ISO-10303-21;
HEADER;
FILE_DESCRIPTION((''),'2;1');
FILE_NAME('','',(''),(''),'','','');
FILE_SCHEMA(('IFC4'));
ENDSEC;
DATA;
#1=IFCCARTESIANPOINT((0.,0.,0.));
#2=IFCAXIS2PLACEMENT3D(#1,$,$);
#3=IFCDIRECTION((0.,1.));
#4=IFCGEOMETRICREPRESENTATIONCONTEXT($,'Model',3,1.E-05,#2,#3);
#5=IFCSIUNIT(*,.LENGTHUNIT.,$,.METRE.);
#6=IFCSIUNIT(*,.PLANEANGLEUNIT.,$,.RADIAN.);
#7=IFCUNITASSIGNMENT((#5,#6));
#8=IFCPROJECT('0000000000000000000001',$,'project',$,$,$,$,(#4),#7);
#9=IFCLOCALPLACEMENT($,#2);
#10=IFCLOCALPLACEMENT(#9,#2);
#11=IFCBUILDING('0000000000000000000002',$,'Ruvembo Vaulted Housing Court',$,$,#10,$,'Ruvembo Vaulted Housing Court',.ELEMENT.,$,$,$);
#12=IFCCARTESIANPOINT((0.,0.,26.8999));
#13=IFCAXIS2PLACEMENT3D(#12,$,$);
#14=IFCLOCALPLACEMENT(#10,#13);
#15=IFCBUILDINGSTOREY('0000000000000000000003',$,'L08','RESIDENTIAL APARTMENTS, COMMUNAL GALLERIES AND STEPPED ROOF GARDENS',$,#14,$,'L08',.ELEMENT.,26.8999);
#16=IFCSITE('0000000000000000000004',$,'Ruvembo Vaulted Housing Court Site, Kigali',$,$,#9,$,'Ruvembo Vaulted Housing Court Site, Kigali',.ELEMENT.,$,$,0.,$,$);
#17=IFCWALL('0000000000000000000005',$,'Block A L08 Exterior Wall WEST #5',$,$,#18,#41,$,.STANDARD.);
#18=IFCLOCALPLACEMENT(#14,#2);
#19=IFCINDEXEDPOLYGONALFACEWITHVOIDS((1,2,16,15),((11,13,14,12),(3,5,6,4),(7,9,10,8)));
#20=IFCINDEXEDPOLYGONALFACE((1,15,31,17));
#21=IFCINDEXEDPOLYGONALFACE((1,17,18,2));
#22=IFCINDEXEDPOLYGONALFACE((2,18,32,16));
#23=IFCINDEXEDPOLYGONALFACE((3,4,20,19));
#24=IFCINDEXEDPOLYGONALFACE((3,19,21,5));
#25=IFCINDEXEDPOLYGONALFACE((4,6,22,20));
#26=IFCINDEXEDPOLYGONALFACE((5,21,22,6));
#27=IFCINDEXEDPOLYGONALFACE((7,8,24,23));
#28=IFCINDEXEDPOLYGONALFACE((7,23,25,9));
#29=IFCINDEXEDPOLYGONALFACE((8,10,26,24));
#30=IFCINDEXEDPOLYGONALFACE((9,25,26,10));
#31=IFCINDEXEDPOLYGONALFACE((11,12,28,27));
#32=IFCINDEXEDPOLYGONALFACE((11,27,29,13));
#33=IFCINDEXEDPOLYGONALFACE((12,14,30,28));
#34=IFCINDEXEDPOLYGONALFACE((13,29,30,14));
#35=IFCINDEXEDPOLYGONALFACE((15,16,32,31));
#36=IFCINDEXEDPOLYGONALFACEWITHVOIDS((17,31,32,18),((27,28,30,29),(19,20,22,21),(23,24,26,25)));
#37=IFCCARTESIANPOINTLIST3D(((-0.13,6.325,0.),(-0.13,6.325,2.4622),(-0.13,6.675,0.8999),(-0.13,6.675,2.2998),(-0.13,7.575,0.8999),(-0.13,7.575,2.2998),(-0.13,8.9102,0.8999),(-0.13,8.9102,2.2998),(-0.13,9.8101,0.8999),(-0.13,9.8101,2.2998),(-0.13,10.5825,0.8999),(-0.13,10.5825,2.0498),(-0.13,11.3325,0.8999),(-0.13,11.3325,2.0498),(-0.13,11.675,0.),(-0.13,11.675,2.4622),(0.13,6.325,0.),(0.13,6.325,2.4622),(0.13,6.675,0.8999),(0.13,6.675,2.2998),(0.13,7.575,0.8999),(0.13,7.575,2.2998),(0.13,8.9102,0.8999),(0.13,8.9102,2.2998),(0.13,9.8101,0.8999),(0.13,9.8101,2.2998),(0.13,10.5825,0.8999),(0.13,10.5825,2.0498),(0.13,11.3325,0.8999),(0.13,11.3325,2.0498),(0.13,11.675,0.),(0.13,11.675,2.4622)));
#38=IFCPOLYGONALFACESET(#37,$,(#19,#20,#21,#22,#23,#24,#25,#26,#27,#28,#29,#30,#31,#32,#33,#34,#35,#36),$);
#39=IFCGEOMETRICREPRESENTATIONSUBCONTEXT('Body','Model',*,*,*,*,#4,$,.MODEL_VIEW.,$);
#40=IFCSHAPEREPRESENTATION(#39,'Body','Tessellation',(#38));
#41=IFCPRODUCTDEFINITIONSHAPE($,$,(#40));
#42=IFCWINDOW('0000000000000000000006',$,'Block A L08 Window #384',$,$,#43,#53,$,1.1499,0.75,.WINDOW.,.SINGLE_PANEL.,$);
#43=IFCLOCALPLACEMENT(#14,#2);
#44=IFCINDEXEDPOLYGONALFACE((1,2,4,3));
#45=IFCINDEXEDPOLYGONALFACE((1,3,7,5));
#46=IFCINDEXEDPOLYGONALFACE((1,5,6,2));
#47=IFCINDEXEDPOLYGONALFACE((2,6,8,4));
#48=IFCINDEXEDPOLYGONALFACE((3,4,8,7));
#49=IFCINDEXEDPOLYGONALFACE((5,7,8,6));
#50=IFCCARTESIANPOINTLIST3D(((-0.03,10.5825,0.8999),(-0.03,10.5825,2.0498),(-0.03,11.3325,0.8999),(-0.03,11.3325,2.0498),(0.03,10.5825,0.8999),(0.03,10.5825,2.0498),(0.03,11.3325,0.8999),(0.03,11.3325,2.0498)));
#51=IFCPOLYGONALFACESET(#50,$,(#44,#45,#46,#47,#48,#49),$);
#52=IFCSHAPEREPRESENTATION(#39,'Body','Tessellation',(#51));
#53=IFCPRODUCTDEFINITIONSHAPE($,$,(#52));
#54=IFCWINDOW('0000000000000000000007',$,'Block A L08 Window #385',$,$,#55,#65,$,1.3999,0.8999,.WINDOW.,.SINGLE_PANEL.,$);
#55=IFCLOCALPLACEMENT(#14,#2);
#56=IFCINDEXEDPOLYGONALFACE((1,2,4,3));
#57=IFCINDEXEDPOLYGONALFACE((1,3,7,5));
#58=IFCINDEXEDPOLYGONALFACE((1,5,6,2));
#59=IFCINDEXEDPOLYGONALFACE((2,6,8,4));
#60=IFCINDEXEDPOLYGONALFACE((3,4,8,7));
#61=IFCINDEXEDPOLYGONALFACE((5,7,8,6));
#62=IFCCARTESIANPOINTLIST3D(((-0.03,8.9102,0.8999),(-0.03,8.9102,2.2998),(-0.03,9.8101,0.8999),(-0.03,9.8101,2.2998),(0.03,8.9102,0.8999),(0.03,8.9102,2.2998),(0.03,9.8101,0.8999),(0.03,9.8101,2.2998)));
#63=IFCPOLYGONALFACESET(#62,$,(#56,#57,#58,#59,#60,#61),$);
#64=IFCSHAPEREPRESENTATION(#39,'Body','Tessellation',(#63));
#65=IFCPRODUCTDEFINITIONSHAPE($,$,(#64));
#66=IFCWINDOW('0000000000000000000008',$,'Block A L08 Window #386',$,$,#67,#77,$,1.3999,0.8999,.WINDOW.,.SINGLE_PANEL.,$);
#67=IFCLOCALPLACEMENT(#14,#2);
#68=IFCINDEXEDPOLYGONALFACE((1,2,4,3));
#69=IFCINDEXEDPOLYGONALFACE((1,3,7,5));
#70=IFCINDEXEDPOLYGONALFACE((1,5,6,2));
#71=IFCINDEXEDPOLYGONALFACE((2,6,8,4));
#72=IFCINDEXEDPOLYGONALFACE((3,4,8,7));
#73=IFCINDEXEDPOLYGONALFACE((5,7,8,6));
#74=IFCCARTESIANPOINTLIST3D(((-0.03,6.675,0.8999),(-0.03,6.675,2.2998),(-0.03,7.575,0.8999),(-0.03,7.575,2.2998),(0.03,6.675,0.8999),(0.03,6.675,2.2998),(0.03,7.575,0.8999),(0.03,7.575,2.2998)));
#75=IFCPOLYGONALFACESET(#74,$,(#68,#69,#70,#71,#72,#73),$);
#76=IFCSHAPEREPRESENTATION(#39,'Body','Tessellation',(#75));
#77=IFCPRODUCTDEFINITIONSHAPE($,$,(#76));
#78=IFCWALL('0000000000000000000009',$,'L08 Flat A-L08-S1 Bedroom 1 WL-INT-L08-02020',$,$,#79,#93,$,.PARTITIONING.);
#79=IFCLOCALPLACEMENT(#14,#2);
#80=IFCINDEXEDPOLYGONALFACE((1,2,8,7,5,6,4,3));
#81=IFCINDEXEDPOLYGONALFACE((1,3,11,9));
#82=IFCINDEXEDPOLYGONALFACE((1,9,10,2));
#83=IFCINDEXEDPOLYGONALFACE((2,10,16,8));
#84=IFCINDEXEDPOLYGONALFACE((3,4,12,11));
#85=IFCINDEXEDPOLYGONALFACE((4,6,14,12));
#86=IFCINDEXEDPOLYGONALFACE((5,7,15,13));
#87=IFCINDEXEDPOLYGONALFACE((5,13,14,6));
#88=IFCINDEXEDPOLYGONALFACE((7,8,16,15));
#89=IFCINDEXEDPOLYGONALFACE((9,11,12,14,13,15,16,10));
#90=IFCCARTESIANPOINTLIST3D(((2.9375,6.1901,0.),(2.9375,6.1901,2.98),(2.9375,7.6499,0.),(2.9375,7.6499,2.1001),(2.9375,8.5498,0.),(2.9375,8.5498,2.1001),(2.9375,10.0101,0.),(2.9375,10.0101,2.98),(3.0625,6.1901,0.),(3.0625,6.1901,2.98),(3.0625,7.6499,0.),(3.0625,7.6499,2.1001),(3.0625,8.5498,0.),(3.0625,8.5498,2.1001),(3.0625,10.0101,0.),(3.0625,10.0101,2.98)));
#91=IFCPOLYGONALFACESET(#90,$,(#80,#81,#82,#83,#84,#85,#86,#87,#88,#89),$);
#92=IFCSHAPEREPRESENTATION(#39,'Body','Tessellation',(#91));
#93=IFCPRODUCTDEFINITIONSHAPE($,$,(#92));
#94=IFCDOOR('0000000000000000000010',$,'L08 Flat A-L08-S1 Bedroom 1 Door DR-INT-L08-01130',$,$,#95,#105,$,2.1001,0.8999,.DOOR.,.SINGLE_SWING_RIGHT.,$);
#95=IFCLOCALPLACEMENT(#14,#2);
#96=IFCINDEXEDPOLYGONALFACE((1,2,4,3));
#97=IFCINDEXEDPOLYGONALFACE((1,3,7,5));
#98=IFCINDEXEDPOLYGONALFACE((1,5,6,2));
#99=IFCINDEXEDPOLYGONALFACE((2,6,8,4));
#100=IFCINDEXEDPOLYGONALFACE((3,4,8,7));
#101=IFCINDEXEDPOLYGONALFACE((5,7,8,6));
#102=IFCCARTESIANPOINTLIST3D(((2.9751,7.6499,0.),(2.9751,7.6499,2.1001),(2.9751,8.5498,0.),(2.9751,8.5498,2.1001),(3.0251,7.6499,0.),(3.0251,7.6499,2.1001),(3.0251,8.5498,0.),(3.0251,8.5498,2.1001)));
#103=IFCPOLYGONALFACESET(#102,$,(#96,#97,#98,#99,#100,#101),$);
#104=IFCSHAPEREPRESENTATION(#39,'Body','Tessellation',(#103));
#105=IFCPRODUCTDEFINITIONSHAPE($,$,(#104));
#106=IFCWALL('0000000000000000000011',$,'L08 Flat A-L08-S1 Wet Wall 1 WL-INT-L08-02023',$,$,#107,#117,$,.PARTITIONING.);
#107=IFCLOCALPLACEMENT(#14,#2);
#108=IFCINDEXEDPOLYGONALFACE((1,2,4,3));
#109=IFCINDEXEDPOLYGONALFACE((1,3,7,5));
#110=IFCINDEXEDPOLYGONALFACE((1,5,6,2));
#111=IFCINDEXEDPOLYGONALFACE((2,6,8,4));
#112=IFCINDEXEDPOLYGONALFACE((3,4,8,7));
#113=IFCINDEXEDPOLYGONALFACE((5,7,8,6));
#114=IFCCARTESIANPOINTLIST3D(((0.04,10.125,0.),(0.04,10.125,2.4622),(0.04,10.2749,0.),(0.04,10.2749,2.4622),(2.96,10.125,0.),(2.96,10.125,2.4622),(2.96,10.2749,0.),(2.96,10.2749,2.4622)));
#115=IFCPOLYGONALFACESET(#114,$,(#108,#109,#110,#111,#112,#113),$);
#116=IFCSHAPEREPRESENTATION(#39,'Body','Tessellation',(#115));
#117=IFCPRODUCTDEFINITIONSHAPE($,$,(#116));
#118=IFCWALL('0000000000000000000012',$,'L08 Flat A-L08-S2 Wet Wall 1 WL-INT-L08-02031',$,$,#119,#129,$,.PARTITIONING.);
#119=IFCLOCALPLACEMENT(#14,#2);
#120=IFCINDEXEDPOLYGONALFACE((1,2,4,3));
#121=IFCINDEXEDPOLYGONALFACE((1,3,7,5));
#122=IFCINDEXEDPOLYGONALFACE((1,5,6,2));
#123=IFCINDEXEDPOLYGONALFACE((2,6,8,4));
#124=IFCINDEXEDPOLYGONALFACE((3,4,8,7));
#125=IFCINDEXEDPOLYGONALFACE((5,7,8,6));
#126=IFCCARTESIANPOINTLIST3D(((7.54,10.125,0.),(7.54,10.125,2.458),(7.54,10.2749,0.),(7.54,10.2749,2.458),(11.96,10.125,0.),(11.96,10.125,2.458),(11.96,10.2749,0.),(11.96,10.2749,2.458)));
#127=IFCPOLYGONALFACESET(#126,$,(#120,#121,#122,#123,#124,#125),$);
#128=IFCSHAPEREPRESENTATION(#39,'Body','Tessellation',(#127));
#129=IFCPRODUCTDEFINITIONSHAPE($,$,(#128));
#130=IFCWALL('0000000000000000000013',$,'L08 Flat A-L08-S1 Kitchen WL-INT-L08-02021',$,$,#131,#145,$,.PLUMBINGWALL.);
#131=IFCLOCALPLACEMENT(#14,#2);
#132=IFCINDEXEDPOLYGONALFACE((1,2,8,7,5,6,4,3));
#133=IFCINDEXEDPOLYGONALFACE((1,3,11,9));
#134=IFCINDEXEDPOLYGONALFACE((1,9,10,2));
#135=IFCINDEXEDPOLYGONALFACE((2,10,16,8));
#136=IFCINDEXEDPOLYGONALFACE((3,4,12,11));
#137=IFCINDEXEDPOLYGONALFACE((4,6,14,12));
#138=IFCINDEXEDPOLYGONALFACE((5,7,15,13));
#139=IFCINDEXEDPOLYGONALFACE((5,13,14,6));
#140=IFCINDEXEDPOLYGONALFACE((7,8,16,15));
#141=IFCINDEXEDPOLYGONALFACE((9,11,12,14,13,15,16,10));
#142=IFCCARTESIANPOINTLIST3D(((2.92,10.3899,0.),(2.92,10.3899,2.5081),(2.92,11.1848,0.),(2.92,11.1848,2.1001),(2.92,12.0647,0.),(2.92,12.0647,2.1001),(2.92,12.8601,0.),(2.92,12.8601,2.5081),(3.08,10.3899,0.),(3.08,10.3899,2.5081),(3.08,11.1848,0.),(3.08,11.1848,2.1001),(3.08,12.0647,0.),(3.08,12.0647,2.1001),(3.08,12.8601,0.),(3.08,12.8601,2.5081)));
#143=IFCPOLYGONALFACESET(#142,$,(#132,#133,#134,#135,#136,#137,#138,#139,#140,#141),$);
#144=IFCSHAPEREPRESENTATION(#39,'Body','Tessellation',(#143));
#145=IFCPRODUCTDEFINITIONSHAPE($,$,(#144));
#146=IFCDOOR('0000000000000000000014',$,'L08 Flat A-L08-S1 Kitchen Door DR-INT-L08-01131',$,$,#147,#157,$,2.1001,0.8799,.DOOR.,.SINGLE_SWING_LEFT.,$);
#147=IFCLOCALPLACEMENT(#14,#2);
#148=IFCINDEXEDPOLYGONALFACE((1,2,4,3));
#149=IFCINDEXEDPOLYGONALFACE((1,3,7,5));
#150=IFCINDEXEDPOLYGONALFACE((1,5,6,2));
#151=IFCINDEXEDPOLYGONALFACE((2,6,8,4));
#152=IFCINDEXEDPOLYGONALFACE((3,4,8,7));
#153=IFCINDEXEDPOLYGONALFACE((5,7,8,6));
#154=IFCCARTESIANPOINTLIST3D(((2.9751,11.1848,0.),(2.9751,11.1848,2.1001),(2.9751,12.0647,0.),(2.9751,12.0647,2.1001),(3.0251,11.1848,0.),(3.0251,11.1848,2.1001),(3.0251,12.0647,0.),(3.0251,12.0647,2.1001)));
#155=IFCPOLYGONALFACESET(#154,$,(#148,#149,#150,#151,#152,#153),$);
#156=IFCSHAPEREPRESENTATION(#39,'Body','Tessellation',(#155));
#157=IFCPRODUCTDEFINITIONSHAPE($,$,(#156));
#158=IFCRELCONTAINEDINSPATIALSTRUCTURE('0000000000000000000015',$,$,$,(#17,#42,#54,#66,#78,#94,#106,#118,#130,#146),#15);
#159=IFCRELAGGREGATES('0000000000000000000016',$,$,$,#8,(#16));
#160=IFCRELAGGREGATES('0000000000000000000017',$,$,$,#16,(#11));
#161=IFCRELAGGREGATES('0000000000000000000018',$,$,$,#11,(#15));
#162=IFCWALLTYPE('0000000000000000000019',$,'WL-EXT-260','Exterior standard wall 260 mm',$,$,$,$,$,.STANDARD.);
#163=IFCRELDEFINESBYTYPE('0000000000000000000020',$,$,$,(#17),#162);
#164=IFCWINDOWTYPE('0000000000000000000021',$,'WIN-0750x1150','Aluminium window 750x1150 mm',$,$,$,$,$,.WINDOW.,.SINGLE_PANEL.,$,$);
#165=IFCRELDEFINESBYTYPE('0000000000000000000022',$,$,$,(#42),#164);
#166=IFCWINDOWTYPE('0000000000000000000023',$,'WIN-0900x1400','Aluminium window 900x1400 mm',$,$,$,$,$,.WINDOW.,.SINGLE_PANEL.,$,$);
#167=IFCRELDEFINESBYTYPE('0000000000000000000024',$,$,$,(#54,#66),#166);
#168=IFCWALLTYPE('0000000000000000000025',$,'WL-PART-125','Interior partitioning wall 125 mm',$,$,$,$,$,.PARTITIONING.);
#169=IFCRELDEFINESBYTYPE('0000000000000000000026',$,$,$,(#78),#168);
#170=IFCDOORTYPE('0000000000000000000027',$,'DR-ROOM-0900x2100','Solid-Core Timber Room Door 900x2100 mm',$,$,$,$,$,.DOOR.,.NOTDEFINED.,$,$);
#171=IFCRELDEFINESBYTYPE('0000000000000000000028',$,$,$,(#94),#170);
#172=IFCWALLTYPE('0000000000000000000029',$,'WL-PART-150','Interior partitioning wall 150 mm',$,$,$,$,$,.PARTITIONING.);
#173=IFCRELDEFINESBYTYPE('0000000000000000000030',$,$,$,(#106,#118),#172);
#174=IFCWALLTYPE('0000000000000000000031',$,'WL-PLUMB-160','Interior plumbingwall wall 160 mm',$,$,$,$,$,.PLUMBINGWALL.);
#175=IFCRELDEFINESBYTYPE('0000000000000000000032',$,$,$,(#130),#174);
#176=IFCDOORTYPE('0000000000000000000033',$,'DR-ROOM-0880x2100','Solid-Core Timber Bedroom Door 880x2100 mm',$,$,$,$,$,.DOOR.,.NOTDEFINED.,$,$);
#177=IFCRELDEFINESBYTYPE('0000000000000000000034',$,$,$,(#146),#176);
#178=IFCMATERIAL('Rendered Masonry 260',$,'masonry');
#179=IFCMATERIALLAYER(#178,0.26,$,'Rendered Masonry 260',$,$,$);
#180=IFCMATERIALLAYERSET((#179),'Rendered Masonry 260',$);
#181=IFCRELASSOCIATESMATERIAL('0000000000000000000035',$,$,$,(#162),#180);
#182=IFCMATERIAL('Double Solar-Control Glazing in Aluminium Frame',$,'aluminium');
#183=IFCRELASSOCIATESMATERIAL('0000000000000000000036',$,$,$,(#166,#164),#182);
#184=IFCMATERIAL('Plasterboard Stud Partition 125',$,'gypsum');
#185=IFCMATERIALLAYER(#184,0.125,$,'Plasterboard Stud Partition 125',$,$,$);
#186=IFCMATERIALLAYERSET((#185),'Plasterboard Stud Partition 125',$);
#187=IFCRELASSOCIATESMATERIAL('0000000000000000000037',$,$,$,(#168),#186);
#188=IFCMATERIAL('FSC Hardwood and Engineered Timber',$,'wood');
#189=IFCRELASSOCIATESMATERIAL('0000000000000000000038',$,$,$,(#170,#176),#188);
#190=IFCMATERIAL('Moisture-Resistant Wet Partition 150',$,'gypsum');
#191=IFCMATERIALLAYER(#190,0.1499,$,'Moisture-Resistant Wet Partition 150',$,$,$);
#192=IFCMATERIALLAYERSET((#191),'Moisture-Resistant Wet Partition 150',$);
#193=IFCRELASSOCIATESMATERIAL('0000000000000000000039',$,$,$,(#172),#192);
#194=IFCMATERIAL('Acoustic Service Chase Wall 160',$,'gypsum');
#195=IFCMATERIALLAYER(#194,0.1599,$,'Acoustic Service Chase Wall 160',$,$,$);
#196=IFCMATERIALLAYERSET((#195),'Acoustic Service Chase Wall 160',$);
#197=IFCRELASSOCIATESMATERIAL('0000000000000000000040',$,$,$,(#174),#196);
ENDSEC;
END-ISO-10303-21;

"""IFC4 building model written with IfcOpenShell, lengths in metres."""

from ifc_helpers import new_model, si_unit, direction, frame, frame_2d, origin, place, context, subcontext, project, spatial, rectangle, extrude, material, layer, layer_set, type_object, element, fill, save


model = new_model("IFC4")

# Units and contexts
model_context = context("Model", 3, precision=1e-05, world=origin(), true_north=direction((0.0, 1.0)))
body_context = subcontext(model_context, "Body", "Model", "MODEL_VIEW")
ifc_project = project(units=[si_unit("LENGTHUNIT", "METRE"), si_unit("PLANEANGLEUNIT", "RADIAN")], contexts=[model_context])

# Site, building, storey
site_placement = place(None, origin())
site = spatial("IfcSite", under=ifc_project, at=site_placement, Name="Ruvembo Vaulted Housing Court Site, Kigali", LongName="Ruvembo Vaulted Housing Court Site, Kigali", CompositionType="ELEMENT", RefElevation=0.0)
building_placement = place(site_placement, origin())
building = spatial("IfcBuilding", under=site, at=building_placement, Name="Ruvembo Vaulted Housing Court", LongName="Ruvembo Vaulted Housing Court", CompositionType="ELEMENT")
storey_placement = place(building_placement, frame((0.0, 0.0, 26.8999)))
storey = spatial("IfcBuildingStorey", under=building, at=storey_placement, Name="L08", Description="RESIDENTIAL APARTMENTS, COMMUNAL GALLERIES AND STEPPED ROOF GARDENS", LongName="L08", CompositionType="ELEMENT", Elevation=26.8999)

# Wall, openings, windows
ifc_material_1 = material(Name="Rendered Masonry 260", Category="masonry")
ifc_layer_1 = layer(ifc_material_1, 0.26, Name="Rendered Masonry 260")
ifc_layer_set_1 = layer_set([ifc_layer_1], Name="Rendered Masonry 260")
wall_type_1 = type_object("IfcWallType", Name="WL-EXT-260", Description="Exterior standard wall 260 mm", PredefinedType="STANDARD", material=ifc_layer_set_1)
ifc_material_2 = material(Name="Double Solar-Control Glazing in Aluminium Frame", Category="aluminium")
window_type_1 = type_object("IfcWindowType", Name="WIN-0900x1400", Description="Aluminium window 900x1400 mm", PartitioningType="SINGLE_PANEL", PredefinedType="WINDOW", material=ifc_material_2)
wall_1_placement = place(storey_placement, frame((0.0, 11.675, 0.0), z_axis=(0.0, 0.0, 1.0), x_axis=(0.0, -1.0, 0.0)))
wall_1 = element("IfcWall", 1, at=wall_1_placement, inside=storey, type_object=wall_type_1, Name="Block A L08 Exterior Wall WEST #5", PredefinedType="STANDARD", context=body_context, shape_type="SweptSolid", body=[
    extrude(rectangle(XDim=5.3501, YDim=0.26, at=frame_2d((2.675, 0.0))), origin(), (0.0, 0.0, 1.0), 2.4622),
])
opening_1_placement = place(wall_1_placement, frame((0.3425, 0.0, 0.8999)))
opening_1 = element("IfcOpeningElement", 2, at=opening_1_placement, cuts=wall_1, PredefinedType="OPENING", context=body_context, shape_type="SweptSolid", body=[
    extrude(rectangle(XDim=0.75, YDim=1.1499, at=frame_2d((0.375, 0.575))), frame((0.0, 0.1399, 0.0), z_axis=(0.0, -1.0, 0.0), x_axis=(1.0, 0.0, 0.0)), (0.0, 0.0, 1.0), 0.28),
])
opening_2_placement = place(wall_1_placement, frame((1.865, 0.0, 0.8999)))
opening_2 = element("IfcOpeningElement", 3, at=opening_2_placement, cuts=wall_1, PredefinedType="OPENING", context=body_context, shape_type="SweptSolid", body=[
    extrude(rectangle(XDim=0.8999, YDim=1.3999, at=frame_2d((0.45, 0.7))), frame((0.0, 0.1399, 0.0), z_axis=(0.0, -1.0, 0.0), x_axis=(1.0, 0.0, 0.0)), (0.0, 0.0, 1.0), 0.28),
])
opening_3_placement = place(wall_1_placement, frame((4.1001, 0.0, 0.8999)))
opening_3 = element("IfcOpeningElement", 4, at=opening_3_placement, cuts=wall_1, PredefinedType="OPENING", context=body_context, shape_type="SweptSolid", body=[
    extrude(rectangle(XDim=0.8999, YDim=1.3999, at=frame_2d((0.45, 0.7))), frame((0.0, 0.1399, 0.0), z_axis=(0.0, -1.0, 0.0), x_axis=(1.0, 0.0, 0.0)), (0.0, 0.0, 1.0), 0.28),
])
window_type_2 = type_object("IfcWindowType", Name="WIN-0750x1150", Description="Aluminium window 750x1150 mm", PartitioningType="SINGLE_PANEL", PredefinedType="WINDOW", material=ifc_material_2)
window_1_placement = place(opening_1_placement, origin())
window_1 = element("IfcWindow", 5, at=window_1_placement, inside=storey, type_object=window_type_2, Name="Block A L08 Window #384", OverallHeight=1.1499, OverallWidth=0.75, PartitioningType="SINGLE_PANEL", PredefinedType="WINDOW", context=body_context, shape_type="SweptSolid", body=[
    extrude(rectangle(XDim=0.75, YDim=1.1499, at=frame_2d((0.375, 0.575))), frame((0.0, 0.03, 0.0), z_axis=(0.0, -1.0, 0.0), x_axis=(1.0, 0.0, 0.0)), (0.0, 0.0, 1.0), 0.0601),
])
fill(opening_1, window_1)
window_2_placement = place(opening_2_placement, origin())
window_2 = element("IfcWindow", 6, at=window_2_placement, inside=storey, type_object=window_type_1, Name="Block A L08 Window #385", OverallHeight=1.3999, OverallWidth=0.8999, PartitioningType="SINGLE_PANEL", PredefinedType="WINDOW", context=body_context, shape_type="SweptSolid", body=[
    extrude(rectangle(XDim=0.8999, YDim=1.3999, at=frame_2d((0.45, 0.7))), frame((0.0, 0.03, 0.0), z_axis=(0.0, -1.0, 0.0), x_axis=(1.0, 0.0, 0.0)), (0.0, 0.0, 1.0), 0.0601),
])
fill(opening_2, window_2)
window_3_placement = place(opening_3_placement, origin())
window_3 = element("IfcWindow", 7, at=window_3_placement, inside=storey, type_object=window_type_1, Name="Block A L08 Window #386", OverallHeight=1.3999, OverallWidth=0.8999, PartitioningType="SINGLE_PANEL", PredefinedType="WINDOW", context=body_context, shape_type="SweptSolid", body=[
    extrude(rectangle(XDim=0.8999, YDim=1.3999, at=frame_2d((0.45, 0.7))), frame((0.0, 0.03, 0.0), z_axis=(0.0, -1.0, 0.0), x_axis=(1.0, 0.0, 0.0)), (0.0, 0.0, 1.0), 0.0601),
])
fill(opening_3, window_3)

# Wall, opening, door
ifc_material_3 = material(Name="Plasterboard Stud Partition 125", Category="gypsum")
ifc_layer_2 = layer(ifc_material_3, 0.125, Name="Plasterboard Stud Partition 125")
ifc_layer_set_2 = layer_set([ifc_layer_2], Name="Plasterboard Stud Partition 125")
wall_type_2 = type_object("IfcWallType", Name="WL-PART-125", Description="Interior partitioning wall 125 mm", PredefinedType="PARTITIONING", material=ifc_layer_set_2)
wall_2_placement = place(storey_placement, frame((3.0, 6.1899, 0.0), z_axis=(0.0, 0.0, 1.0), x_axis=(0.0, 1.0, 0.0)))
wall_2 = element("IfcWall", 8, at=wall_2_placement, inside=storey, type_object=wall_type_2, Name="L08 Flat A-L08-S1 Bedroom 1 WL-INT-L08-02020", PredefinedType="PARTITIONING", context=body_context, shape_type="SweptSolid", body=[
    extrude(rectangle(XDim=3.8201, YDim=0.125, at=frame_2d((1.9102, 0.0))), origin(), (0.0, 0.0, 1.0), 2.98),
])
opening_4_placement = place(wall_2_placement, frame((1.46, 0.0, 0.0)))
opening_4 = element("IfcOpeningElement", 9, at=opening_4_placement, cuts=wall_2, PredefinedType="OPENING", context=body_context, shape_type="SweptSolid", body=[
    extrude(rectangle(XDim=0.8999, YDim=2.1001, at=frame_2d((0.45, 1.05))), frame((0.0, 0.0725, 0.0), z_axis=(0.0, -1.0, 0.0), x_axis=(1.0, 0.0, 0.0)), (0.0, 0.0, 1.0), 0.145),
])
ifc_material_4 = material(Name="FSC Hardwood and Engineered Timber", Category="wood")
door_type_1 = type_object("IfcDoorType", Name="DR-ROOM-0900x2100", Description="Solid-Core Timber Room Door 900x2100 mm", OperationType="NOTDEFINED", PredefinedType="DOOR", material=ifc_material_4)
door_1_placement = place(opening_4_placement, origin())
door_1 = element("IfcDoor", 10, at=door_1_placement, inside=storey, type_object=door_type_1, Name="L08 Flat A-L08-S1 Bedroom 1 Door DR-INT-L08-01130", OperationType="SINGLE_SWING_RIGHT", OverallHeight=2.1001, OverallWidth=0.8999, PredefinedType="DOOR", context=body_context, shape_type="SweptSolid", body=[
    extrude(rectangle(XDim=0.8999, YDim=2.1001, at=frame_2d((0.45, 1.05))), frame((0.0, 0.0249, 0.0), z_axis=(0.0, -1.0, 0.0), x_axis=(1.0, 0.0, 0.0)), (0.0, 0.0, 1.0), 0.05),
])
fill(opening_4, door_1)

# Walls
ifc_material_5 = material(Name="Moisture-Resistant Wet Partition 150", Category="gypsum")
ifc_layer_3 = layer(ifc_material_5, 0.1499, Name="Moisture-Resistant Wet Partition 150")
ifc_layer_set_3 = layer_set([ifc_layer_3], Name="Moisture-Resistant Wet Partition 150")
wall_type_3 = type_object("IfcWallType", Name="WL-PART-150", Description="Interior partitioning wall 150 mm", PredefinedType="PARTITIONING", material=ifc_layer_set_3)
wall_3_placement = place(storey_placement, frame((0.04, 10.2, 0.0), z_axis=(0.0, 0.0, 1.0), x_axis=(1.0, 0.0, 0.0)))
element("IfcWall", 11, at=wall_3_placement, inside=storey, type_object=wall_type_3, Name="L08 Flat A-L08-S1 Wet Wall 1 WL-INT-L08-02023", PredefinedType="PARTITIONING", context=body_context, shape_type="SweptSolid", body=[
    extrude(rectangle(XDim=2.9199, YDim=0.1499, at=frame_2d((1.46, 0.0))), origin(), (0.0, 0.0, 1.0), 2.4622),
])
wall_4_placement = place(storey_placement, frame((7.54, 10.2, 0.0), z_axis=(0.0, 0.0, 1.0), x_axis=(1.0, 0.0, 0.0)))
element("IfcWall", 12, at=wall_4_placement, inside=storey, type_object=wall_type_3, Name="L08 Flat A-L08-S2 Wet Wall 1 WL-INT-L08-02031", PredefinedType="PARTITIONING", context=body_context, shape_type="SweptSolid", body=[
    extrude(rectangle(XDim=4.4199, YDim=0.1499, at=frame_2d((2.21, 0.0))), origin(), (0.0, 0.0, 1.0), 2.458),
])

# Wall, opening, door
ifc_material_6 = material(Name="Acoustic Service Chase Wall 160", Category="gypsum")
ifc_layer_4 = layer(ifc_material_6, 0.1599, Name="Acoustic Service Chase Wall 160")
ifc_layer_set_4 = layer_set([ifc_layer_4], Name="Acoustic Service Chase Wall 160")
wall_type_4 = type_object("IfcWallType", Name="WL-PLUMB-160", Description="Interior plumbingwall wall 160 mm", PredefinedType="PLUMBINGWALL", material=ifc_layer_set_4)
wall_5_placement = place(storey_placement, frame((3.0, 10.3899, 0.0), z_axis=(0.0, 0.0, 1.0), x_axis=(0.0, 1.0, 0.0)))
wall_5 = element("IfcWall", 13, at=wall_5_placement, inside=storey, type_object=wall_type_4, Name="L08 Flat A-L08-S1 Kitchen WL-INT-L08-02021", PredefinedType="PLUMBINGWALL", context=body_context, shape_type="SweptSolid", body=[
    extrude(rectangle(XDim=2.4702, YDim=0.1599, at=frame_2d((1.2351, 0.0))), origin(), (0.0, 0.0, 1.0), 2.5081),
])
opening_5_placement = place(wall_5_placement, frame((0.7949, 0.0, 0.0)))
opening_5 = element("IfcOpeningElement", 14, at=opening_5_placement, cuts=wall_5, PredefinedType="OPENING", context=body_context, shape_type="SweptSolid", body=[
    extrude(rectangle(XDim=0.8799, YDim=2.1001, at=frame_2d((0.4399, 1.05))), frame((0.0, 0.0898, 0.0), z_axis=(0.0, -1.0, 0.0), x_axis=(1.0, 0.0, 0.0)), (0.0, 0.0, 1.0), 0.1799),
])
door_type_2 = type_object("IfcDoorType", Name="DR-ROOM-0880x2100", Description="Solid-Core Timber Bedroom Door 880x2100 mm", OperationType="NOTDEFINED", PredefinedType="DOOR", material=ifc_material_4)
door_2_placement = place(opening_5_placement, origin())
door_2 = element("IfcDoor", 15, at=door_2_placement, inside=storey, type_object=door_type_2, Name="L08 Flat A-L08-S1 Kitchen Door DR-INT-L08-01131", OperationType="SINGLE_SWING_LEFT", OverallHeight=2.1001, OverallWidth=0.8799, PredefinedType="DOOR", context=body_context, shape_type="SweptSolid", body=[
    extrude(rectangle(XDim=0.8799, YDim=2.1001, at=frame_2d((0.4399, 1.05))), frame((0.0, 0.0249, 0.0), z_axis=(0.0, -1.0, 0.0), x_axis=(1.0, 0.0, 0.0)), (0.0, 0.0, 1.0), 0.05),
])
fill(opening_5, door_2)

save(model, "model.ifc")
